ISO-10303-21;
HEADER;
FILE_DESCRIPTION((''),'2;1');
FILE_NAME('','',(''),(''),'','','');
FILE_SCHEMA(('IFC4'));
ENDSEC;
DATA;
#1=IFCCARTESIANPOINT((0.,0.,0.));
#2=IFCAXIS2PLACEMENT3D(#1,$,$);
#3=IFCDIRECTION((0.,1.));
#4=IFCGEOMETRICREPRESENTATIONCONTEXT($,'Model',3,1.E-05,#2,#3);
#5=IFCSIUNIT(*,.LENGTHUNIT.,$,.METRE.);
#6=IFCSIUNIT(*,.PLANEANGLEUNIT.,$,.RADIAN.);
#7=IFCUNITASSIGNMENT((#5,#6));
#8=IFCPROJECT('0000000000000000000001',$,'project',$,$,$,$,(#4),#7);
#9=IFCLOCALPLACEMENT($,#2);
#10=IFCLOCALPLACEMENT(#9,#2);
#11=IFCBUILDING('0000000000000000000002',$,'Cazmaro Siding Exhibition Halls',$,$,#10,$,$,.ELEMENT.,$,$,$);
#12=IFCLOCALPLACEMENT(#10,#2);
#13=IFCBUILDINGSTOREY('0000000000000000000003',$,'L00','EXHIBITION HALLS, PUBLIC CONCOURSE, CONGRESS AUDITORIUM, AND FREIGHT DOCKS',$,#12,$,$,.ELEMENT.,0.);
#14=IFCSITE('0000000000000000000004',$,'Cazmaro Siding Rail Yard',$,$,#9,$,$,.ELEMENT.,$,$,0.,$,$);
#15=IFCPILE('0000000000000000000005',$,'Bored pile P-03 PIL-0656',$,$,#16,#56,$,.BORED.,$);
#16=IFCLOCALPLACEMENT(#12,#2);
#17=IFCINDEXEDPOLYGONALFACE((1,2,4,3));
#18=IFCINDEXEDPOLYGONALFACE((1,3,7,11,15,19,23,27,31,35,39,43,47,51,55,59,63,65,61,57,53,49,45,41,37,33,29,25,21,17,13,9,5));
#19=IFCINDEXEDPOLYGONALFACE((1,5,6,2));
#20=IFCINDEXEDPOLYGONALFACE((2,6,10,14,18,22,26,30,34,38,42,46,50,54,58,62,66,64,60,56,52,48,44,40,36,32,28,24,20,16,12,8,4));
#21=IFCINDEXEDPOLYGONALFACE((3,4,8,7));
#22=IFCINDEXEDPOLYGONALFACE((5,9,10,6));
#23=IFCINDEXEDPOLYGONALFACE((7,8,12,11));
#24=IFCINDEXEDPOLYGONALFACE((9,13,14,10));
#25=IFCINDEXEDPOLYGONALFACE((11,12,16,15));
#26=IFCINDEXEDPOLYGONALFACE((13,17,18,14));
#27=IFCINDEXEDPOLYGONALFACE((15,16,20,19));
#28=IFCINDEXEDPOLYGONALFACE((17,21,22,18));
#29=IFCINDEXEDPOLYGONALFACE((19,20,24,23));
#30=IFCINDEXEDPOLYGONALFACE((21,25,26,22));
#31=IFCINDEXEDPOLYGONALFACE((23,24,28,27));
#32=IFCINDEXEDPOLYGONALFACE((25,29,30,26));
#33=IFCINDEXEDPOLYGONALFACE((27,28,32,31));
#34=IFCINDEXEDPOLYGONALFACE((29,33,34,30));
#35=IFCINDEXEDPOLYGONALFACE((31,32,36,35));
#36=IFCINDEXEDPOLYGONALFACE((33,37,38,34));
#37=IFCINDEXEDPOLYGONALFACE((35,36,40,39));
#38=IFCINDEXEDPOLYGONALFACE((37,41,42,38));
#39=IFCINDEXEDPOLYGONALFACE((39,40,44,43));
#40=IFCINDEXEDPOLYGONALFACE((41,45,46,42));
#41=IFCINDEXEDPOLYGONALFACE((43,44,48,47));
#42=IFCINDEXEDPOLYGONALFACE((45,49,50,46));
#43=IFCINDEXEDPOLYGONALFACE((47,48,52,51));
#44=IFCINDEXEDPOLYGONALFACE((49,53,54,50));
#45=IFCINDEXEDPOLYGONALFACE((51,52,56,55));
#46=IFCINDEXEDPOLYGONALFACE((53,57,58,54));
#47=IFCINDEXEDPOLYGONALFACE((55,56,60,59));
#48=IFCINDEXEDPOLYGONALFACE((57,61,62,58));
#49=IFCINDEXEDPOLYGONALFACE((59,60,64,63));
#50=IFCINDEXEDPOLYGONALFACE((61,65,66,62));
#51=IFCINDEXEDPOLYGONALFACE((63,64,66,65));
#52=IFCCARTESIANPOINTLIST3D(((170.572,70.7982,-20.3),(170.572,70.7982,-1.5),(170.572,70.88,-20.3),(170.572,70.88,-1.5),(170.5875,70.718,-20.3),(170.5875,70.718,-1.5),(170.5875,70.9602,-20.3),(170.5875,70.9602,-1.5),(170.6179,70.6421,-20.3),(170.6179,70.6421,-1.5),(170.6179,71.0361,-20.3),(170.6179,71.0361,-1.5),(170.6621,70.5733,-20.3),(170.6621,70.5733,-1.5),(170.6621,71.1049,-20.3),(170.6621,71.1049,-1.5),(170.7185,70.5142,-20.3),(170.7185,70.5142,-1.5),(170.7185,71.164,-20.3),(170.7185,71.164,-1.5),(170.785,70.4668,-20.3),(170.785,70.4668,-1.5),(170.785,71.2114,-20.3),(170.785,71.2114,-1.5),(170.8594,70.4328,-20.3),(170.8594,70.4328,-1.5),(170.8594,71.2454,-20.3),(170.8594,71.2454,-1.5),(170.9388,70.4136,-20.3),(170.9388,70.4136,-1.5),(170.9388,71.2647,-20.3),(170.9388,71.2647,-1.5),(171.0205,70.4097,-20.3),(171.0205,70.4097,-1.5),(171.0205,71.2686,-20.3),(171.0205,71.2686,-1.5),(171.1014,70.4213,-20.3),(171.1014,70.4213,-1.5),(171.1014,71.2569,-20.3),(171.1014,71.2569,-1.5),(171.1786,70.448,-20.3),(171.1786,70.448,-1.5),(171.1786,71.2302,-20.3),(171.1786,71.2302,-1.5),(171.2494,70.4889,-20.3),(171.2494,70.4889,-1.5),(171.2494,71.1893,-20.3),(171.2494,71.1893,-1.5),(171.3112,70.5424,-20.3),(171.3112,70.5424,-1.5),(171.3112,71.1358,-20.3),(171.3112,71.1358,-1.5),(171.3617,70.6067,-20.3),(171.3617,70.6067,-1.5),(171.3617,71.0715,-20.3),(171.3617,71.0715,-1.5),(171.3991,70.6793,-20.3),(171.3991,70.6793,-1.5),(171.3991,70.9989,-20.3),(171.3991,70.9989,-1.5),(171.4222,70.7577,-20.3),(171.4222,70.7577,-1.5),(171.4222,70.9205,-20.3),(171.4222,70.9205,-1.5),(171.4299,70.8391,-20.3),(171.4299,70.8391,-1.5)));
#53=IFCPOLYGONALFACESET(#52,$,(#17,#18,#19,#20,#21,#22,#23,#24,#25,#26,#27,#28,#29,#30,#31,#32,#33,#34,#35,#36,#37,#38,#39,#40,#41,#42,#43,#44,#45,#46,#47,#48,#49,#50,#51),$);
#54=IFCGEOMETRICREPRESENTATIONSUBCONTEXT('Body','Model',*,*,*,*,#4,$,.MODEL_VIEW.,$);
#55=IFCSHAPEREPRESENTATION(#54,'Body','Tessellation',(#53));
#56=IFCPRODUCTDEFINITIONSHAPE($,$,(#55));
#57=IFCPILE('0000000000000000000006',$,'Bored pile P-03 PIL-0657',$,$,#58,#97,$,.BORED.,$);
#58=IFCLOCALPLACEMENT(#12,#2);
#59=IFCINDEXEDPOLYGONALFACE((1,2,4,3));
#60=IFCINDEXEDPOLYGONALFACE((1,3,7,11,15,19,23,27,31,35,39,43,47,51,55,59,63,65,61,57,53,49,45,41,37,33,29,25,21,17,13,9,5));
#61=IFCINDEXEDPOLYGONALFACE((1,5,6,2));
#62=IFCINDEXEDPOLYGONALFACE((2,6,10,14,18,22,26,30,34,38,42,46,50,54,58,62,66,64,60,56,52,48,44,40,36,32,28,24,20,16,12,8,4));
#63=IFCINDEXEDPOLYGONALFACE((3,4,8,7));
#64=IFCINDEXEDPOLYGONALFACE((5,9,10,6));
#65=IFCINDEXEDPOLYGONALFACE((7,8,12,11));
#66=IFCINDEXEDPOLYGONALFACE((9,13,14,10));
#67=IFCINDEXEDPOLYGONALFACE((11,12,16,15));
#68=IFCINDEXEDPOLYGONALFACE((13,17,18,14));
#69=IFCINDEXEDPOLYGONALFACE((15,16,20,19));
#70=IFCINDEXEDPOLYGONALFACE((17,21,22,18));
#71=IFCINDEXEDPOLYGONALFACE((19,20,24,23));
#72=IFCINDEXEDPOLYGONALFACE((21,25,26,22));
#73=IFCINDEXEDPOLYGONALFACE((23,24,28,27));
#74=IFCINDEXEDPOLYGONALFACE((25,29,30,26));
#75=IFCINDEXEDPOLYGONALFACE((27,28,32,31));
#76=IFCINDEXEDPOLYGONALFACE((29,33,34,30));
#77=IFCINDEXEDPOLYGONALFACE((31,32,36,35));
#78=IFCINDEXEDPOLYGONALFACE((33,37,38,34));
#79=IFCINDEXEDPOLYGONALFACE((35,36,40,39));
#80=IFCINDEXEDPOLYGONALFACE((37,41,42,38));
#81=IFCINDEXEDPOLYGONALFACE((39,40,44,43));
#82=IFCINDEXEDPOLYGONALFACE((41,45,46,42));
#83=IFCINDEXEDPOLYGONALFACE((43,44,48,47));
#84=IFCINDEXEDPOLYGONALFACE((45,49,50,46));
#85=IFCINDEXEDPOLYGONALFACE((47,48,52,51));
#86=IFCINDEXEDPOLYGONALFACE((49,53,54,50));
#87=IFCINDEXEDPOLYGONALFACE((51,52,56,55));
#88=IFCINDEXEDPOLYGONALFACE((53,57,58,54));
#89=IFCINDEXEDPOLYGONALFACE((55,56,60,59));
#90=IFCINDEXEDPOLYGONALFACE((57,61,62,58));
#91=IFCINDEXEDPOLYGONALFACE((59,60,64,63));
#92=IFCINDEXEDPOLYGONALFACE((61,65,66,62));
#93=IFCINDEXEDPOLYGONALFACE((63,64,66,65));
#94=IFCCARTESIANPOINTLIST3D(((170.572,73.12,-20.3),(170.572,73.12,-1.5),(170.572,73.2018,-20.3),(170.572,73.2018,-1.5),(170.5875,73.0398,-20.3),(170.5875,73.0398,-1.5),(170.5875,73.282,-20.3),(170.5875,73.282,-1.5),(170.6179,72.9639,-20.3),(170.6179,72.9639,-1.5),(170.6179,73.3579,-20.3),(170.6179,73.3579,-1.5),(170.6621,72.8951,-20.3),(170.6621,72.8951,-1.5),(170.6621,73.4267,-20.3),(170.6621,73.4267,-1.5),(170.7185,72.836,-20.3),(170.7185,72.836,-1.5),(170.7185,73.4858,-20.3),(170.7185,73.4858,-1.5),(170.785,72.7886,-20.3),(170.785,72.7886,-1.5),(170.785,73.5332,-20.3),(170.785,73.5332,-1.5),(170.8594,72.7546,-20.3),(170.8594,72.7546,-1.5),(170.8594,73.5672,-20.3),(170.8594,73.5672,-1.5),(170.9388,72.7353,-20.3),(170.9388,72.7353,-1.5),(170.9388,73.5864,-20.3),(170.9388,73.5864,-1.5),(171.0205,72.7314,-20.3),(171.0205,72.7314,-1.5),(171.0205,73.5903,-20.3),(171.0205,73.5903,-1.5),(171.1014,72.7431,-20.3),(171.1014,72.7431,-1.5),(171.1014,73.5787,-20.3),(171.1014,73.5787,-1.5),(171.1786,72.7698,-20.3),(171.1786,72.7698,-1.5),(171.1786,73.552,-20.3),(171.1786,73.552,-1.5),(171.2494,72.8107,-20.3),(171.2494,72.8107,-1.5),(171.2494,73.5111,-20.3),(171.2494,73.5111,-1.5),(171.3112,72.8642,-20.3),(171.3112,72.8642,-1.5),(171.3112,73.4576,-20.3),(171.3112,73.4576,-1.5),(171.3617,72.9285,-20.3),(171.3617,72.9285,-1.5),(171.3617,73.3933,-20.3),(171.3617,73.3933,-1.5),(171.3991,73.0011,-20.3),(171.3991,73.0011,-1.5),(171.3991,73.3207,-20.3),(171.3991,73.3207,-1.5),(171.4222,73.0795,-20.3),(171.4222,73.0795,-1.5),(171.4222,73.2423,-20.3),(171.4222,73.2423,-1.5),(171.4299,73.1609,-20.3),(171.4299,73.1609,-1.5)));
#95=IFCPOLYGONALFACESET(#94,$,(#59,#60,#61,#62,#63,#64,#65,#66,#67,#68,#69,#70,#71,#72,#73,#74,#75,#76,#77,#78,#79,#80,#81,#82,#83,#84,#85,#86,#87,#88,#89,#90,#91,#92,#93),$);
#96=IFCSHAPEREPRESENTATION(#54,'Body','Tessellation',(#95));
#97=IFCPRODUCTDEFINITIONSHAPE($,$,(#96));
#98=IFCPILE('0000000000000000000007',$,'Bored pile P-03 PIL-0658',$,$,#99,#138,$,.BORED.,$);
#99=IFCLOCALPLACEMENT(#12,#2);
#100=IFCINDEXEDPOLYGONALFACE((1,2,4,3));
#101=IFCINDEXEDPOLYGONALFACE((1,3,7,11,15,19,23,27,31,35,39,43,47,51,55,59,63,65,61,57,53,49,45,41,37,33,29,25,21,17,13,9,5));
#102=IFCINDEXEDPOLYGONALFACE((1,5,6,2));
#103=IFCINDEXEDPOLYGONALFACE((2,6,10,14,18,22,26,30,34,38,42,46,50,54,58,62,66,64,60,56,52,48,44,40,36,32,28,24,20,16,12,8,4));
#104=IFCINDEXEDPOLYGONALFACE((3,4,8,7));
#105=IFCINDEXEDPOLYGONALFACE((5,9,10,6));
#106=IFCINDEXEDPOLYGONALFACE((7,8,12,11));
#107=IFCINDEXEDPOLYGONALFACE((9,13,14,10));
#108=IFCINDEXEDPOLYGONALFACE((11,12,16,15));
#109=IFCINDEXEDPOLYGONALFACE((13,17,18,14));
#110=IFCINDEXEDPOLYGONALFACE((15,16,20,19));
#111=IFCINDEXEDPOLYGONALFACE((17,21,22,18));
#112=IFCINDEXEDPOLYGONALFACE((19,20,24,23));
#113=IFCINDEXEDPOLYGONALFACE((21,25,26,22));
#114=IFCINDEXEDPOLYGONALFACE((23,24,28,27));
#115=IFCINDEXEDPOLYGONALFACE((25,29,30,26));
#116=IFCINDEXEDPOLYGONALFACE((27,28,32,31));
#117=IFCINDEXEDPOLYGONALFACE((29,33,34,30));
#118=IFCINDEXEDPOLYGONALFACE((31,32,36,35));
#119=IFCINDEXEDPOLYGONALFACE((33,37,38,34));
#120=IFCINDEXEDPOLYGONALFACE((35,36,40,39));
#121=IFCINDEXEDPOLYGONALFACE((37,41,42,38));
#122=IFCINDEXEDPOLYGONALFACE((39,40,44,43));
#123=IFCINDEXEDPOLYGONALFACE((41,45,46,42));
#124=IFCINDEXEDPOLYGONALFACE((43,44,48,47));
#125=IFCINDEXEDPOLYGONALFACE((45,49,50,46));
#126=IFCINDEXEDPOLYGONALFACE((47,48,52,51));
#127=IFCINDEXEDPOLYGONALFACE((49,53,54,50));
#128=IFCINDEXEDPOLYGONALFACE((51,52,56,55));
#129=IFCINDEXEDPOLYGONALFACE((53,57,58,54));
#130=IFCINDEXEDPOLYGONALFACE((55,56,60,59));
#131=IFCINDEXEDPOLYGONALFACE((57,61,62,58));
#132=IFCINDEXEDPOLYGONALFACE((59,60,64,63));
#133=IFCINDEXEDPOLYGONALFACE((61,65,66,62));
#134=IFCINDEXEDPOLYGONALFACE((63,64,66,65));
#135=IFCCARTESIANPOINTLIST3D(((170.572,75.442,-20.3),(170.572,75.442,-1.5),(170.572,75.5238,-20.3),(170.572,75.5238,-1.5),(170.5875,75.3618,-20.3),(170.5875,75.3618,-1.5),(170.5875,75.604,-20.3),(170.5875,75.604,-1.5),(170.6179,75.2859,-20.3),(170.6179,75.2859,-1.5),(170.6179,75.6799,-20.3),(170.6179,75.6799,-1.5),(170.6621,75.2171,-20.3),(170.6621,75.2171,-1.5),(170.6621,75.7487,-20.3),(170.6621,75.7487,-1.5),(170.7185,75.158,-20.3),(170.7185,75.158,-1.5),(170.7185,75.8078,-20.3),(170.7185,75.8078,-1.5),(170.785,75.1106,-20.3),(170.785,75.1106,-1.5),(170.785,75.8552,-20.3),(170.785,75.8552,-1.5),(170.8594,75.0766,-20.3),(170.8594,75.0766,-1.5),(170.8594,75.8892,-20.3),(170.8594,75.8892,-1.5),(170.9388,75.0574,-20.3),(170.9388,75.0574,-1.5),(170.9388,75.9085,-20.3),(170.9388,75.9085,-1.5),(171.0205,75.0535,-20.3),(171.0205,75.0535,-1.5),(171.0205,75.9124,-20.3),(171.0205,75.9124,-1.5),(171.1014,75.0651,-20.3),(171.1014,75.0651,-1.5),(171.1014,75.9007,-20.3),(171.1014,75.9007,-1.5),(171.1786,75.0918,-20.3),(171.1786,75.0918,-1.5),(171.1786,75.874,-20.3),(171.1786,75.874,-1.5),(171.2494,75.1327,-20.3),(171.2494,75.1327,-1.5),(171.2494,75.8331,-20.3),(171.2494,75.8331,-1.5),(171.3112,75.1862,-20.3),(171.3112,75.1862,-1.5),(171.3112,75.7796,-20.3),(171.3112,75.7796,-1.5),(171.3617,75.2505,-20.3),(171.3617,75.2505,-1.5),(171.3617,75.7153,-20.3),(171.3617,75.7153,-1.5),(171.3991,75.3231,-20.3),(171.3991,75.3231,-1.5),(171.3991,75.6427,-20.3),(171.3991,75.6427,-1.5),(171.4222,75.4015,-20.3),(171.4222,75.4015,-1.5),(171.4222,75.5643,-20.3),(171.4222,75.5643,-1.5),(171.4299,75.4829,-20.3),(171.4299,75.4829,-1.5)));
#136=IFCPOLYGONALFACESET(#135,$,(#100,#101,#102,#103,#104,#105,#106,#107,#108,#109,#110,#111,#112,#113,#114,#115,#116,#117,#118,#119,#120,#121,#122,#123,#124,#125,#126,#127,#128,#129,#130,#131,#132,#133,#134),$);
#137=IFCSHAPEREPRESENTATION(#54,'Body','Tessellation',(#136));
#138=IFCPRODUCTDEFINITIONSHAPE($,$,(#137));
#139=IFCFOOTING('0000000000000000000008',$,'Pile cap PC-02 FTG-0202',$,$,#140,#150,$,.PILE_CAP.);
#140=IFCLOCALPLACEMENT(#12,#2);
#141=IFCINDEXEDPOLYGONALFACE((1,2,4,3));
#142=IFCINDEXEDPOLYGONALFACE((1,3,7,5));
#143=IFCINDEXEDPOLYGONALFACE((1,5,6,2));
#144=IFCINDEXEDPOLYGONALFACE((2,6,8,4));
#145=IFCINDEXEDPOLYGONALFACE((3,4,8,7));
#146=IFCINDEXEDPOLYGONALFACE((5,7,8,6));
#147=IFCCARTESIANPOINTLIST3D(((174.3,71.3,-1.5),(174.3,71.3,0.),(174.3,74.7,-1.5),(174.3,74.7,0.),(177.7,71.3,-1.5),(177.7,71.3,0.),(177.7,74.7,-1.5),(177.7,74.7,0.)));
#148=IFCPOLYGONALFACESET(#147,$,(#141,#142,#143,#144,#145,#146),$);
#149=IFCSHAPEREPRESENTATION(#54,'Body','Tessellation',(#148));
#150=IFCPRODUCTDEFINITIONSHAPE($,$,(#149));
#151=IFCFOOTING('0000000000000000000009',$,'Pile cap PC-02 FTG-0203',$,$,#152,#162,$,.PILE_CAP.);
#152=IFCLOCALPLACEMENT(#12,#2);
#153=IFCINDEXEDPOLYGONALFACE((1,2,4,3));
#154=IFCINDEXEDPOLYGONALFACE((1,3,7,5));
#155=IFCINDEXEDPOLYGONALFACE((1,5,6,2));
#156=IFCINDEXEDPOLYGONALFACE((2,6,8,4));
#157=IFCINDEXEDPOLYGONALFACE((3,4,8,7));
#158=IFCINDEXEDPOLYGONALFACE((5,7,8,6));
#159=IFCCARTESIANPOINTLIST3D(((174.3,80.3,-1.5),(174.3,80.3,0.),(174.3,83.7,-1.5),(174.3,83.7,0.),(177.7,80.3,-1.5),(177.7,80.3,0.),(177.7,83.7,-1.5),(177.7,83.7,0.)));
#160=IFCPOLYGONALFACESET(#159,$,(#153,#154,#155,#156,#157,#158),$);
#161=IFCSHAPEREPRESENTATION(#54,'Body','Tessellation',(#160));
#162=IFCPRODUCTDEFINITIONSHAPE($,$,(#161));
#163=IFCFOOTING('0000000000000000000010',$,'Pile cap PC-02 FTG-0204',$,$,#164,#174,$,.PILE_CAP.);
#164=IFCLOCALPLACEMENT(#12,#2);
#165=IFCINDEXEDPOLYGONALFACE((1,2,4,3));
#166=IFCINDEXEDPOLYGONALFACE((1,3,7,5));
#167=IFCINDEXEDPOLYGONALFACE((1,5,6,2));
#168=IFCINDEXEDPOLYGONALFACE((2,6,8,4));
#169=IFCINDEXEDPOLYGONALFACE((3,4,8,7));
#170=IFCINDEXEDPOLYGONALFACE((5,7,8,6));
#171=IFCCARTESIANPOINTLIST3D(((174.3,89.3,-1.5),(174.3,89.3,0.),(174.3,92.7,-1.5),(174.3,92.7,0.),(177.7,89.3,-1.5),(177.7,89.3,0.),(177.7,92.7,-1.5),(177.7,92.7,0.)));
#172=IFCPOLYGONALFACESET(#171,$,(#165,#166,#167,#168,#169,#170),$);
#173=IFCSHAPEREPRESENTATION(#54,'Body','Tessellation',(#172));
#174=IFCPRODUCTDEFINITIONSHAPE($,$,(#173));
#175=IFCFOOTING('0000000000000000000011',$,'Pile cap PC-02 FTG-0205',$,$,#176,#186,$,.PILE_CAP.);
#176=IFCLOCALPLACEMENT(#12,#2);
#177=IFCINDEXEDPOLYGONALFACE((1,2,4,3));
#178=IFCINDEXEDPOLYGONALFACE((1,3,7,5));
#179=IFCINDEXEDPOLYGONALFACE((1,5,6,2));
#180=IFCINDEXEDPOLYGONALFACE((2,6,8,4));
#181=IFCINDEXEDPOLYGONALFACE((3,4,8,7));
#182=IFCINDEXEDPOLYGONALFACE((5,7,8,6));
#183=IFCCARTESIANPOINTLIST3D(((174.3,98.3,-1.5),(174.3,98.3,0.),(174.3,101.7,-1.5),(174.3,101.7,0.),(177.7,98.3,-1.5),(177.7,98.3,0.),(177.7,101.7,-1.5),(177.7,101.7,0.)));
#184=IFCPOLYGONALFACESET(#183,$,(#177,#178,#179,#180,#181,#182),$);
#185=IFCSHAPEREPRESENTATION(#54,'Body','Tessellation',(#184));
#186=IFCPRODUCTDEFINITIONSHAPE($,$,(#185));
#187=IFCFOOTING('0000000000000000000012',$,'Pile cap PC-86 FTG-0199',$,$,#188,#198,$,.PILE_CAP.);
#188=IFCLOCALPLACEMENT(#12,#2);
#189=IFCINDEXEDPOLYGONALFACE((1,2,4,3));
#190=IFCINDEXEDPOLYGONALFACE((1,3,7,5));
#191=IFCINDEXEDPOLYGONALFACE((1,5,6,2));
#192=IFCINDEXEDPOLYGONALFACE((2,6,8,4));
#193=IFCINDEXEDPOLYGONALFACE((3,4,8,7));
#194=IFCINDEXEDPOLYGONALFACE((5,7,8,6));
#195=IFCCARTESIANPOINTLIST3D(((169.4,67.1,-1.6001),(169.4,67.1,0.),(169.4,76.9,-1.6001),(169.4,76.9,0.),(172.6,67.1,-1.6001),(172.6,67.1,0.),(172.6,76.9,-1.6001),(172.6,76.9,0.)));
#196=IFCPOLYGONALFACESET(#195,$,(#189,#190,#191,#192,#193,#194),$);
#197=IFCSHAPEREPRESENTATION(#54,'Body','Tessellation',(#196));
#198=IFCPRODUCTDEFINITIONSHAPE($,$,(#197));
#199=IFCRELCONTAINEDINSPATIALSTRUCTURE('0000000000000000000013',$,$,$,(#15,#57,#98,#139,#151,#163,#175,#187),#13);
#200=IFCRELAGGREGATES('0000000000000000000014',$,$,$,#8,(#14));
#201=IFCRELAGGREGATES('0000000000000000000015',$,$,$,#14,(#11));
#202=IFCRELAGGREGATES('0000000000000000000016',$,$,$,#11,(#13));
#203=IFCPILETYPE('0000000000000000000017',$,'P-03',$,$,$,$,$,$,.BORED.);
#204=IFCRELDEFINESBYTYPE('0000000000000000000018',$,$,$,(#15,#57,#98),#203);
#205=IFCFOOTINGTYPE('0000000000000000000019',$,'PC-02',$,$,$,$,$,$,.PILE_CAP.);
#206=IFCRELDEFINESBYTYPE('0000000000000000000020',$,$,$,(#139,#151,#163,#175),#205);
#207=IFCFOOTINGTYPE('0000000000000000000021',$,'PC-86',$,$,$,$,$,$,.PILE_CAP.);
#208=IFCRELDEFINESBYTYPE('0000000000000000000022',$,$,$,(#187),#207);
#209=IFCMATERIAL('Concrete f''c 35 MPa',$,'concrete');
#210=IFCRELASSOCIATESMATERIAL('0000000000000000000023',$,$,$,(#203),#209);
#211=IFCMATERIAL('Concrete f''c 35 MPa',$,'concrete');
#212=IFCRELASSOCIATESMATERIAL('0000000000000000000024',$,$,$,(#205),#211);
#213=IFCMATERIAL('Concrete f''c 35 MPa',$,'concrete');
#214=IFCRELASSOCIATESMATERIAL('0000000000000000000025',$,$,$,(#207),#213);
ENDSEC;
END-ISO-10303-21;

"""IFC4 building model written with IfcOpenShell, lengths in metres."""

from ifc_helpers import new_model, si_unit, direction, frame, origin, origin_2d, place, context, subcontext, project, spatial, rectangle, circle, extrude, material, material_profile, profile_set, type_object, element, save


model = new_model("IFC4")

# Units and contexts
model_context = context("Model", 3, precision=1e-05, world=origin(), true_north=direction((0.0, 1.0)))
body_context = subcontext(model_context, "Body", "Model", "MODEL_VIEW")
ifc_project = project(units=[si_unit("LENGTHUNIT", "METRE"), si_unit("PLANEANGLEUNIT", "RADIAN")], contexts=[model_context])

# Site, building, storey
site_placement = place(None, origin())
site = spatial("IfcSite", under=ifc_project, at=site_placement, Name="Cazmaro Siding Rail Yard", CompositionType="ELEMENT", RefElevation=0.0)
building_placement = place(site_placement, origin())
building = spatial("IfcBuilding", under=site, at=building_placement, Name="Cazmaro Siding Exhibition Halls", CompositionType="ELEMENT")
storey_placement = place(building_placement, origin())
storey = spatial("IfcBuildingStorey", under=building, at=storey_placement, Name="L00", Description="EXHIBITION HALLS, PUBLIC CONCOURSE, CONGRESS AUDITORIUM, AND FREIGHT DOCKS", CompositionType="ELEMENT", Elevation=0.0)

# Piles
ifc_material_1 = material(Name="Concrete f'c 35 MPa", Category="concrete")
ifc_material_profile_1 = material_profile(ifc_material_1, circle(Radius=0.4299, at=origin_2d()), Name="CIDH-860")
ifc_profile_set_1 = profile_set([ifc_material_profile_1], Name="Concrete f'c 35 MPa")
pile_type_1 = type_object("IfcPileType", Name="P-03", PredefinedType="BORED", material=ifc_profile_set_1)
for number, where, z_axis, x_axis, name in (
    (1, (171.0, 70.8391, -1.5), (0.0, 0.0, -1.0), (1.0, 0.0, 0.0), "Bored pile P-03 PIL-0656"),
    (2, (171.0, 73.1609, -1.5), (0.0, 0.0, -1.0), (1.0, 0.0, 0.0), "Bored pile P-03 PIL-0657"),
    (3, (171.0, 75.4829, -1.5), (0.0, 0.0, -1.0), (1.0, 0.0, 0.0), "Bored pile P-03 PIL-0658"),
):
    element("IfcPile", number, at=place(storey_placement, frame(where, z_axis=z_axis, x_axis=x_axis)), inside=storey, type_object=pile_type_1, Name=name, PredefinedType="BORED", context=body_context, shape_type="SweptSolid", body=[
        extrude(circle(Radius=0.4299, at=origin_2d()), origin(), (0.0, 0.0, 1.0), 18.8),
    ])

# Footings
ifc_material_2 = material(Name="Concrete f'c 35 MPa", Category="concrete")
footing_type_1 = type_object("IfcFootingType", Name="PC-02", PredefinedType="PILE_CAP", material=ifc_material_2)
for number, where, z_axis, x_axis, name in (
    (4, (176.0, 73.0, -1.5), (0.0, 0.0, 1.0), (1.0, 0.0, 0.0), "Pile cap PC-02 FTG-0202"),
    (5, (176.0, 82.0, -1.5), (0.0, 0.0, 1.0), (1.0, 0.0, 0.0), "Pile cap PC-02 FTG-0203"),
    (6, (176.0, 91.0, -1.5), (0.0, 0.0, 1.0), (1.0, 0.0, 0.0), "Pile cap PC-02 FTG-0204"),
    (7, (176.0, 100.0, -1.5), (0.0, 0.0, 1.0), (1.0, 0.0, 0.0), "Pile cap PC-02 FTG-0205"),
):
    element("IfcFooting", number, at=place(storey_placement, frame(where, z_axis=z_axis, x_axis=x_axis)), inside=storey, type_object=footing_type_1, Name=name, PredefinedType="PILE_CAP", context=body_context, shape_type="SweptSolid", body=[
        extrude(rectangle(XDim=3.3999, YDim=3.3999, at=origin_2d()), origin(), (0.0, 0.0, 1.0), 1.5),
    ])
ifc_material_3 = material(Name="Concrete f'c 35 MPa", Category="concrete")
footing_type_2 = type_object("IfcFootingType", Name="PC-86", PredefinedType="PILE_CAP", material=ifc_material_3)
footing_placement = place(storey_placement, frame((171.0, 72.0, -1.6001), z_axis=(0.0, 0.0, 1.0), x_axis=(1.0, 0.0, 0.0)))
element("IfcFooting", 8, at=footing_placement, inside=storey, type_object=footing_type_2, Name="Pile cap PC-86 FTG-0199", PredefinedType="PILE_CAP", context=body_context, shape_type="SweptSolid", body=[
    extrude(rectangle(XDim=3.2, YDim=9.8, at=origin_2d()), origin(), (0.0, 0.0, 1.0), 1.6001),
])

save(model, "model.ifc")
